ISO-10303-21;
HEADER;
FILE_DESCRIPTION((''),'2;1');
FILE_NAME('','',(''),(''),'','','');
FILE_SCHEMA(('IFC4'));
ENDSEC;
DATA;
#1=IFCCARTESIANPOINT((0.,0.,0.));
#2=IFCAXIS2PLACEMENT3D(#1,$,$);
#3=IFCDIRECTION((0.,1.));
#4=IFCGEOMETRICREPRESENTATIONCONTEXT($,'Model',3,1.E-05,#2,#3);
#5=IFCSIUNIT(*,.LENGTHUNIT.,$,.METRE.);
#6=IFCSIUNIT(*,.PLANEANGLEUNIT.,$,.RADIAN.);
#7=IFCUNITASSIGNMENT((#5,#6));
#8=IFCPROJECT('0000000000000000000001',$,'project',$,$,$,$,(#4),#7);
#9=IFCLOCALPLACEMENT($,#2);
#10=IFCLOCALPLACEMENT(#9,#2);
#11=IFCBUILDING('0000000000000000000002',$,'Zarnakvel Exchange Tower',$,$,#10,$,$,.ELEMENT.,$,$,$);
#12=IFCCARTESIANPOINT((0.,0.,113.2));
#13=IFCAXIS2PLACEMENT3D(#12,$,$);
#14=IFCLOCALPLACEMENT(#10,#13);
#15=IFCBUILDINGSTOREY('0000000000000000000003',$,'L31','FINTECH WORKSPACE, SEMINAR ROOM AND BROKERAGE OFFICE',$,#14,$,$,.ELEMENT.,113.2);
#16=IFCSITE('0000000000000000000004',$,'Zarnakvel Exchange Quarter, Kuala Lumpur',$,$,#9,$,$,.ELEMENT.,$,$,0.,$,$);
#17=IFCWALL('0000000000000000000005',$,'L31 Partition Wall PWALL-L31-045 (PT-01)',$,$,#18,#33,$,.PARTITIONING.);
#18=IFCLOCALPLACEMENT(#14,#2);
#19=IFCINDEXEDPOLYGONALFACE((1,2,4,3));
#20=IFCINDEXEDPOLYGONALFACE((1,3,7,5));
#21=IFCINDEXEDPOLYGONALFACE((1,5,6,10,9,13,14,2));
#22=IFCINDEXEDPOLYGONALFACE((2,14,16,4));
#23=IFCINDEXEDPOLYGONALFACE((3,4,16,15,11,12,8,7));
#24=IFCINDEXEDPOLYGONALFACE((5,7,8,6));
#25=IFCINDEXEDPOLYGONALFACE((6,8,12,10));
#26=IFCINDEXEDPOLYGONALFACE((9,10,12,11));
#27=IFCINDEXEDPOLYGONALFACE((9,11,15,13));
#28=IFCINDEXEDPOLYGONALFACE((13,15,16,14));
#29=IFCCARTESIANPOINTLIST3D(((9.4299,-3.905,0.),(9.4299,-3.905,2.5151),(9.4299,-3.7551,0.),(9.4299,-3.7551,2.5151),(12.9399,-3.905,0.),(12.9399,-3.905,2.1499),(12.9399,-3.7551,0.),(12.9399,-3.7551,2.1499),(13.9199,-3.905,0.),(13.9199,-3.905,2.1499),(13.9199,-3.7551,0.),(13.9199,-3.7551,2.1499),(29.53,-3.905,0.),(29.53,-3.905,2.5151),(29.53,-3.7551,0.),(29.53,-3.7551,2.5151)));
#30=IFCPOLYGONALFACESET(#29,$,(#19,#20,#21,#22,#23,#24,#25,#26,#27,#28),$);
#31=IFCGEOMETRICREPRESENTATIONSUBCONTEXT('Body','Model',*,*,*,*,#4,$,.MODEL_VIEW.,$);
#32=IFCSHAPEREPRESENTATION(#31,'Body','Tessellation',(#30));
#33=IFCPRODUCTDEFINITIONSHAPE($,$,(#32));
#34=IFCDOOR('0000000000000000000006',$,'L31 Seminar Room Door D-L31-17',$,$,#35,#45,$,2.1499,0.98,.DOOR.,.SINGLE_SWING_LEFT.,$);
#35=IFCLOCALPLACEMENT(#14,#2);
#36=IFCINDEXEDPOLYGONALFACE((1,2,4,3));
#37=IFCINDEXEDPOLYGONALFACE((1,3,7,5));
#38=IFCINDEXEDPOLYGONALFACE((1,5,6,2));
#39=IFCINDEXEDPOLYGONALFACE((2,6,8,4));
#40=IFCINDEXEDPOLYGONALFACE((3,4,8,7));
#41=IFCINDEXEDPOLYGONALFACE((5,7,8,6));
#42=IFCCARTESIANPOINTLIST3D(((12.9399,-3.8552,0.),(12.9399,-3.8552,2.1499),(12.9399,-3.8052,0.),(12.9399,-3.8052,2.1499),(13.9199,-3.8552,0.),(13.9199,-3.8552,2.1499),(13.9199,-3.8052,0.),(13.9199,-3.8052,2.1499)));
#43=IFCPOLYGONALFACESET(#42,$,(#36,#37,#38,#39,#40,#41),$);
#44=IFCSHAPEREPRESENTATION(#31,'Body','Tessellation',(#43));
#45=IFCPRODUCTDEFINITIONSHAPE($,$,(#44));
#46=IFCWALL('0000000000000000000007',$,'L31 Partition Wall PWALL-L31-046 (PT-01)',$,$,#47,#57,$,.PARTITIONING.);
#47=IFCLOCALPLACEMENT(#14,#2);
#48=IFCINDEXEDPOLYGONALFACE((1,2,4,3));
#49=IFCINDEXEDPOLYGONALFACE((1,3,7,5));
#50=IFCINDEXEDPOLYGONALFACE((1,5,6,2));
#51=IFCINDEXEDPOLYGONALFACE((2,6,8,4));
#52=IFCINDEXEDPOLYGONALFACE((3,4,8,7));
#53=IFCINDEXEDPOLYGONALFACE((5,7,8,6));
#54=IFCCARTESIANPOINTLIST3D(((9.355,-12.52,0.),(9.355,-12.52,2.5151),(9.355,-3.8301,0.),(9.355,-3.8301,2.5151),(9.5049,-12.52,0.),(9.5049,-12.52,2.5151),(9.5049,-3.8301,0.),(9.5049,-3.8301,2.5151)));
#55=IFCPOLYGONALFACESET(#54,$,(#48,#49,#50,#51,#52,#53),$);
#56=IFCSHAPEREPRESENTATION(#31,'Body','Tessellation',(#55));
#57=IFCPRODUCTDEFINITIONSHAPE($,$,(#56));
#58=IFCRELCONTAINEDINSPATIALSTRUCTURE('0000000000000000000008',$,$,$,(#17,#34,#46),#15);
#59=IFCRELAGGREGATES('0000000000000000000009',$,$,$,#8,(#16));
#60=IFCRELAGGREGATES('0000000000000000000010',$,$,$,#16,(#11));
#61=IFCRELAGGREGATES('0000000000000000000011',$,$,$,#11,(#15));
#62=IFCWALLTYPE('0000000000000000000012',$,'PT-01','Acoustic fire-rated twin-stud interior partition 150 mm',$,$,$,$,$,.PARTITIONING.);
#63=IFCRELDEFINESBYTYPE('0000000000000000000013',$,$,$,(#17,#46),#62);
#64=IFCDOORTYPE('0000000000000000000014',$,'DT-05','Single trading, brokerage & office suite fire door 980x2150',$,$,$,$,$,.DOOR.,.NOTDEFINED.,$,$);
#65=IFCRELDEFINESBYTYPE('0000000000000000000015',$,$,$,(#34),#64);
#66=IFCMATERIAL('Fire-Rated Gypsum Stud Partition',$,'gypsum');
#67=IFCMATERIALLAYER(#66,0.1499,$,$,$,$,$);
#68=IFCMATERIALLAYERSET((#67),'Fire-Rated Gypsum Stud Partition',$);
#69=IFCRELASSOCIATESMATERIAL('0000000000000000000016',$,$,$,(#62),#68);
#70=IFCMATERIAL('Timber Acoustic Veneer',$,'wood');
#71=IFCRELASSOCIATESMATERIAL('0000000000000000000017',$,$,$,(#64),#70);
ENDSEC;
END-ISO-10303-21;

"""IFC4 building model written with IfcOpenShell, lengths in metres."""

from ifc_helpers import new_model, si_unit, direction, frame, frame_2d, origin, place, context, subcontext, project, spatial, rectangle, extrude, source, transform, mapped, material, layer, layer_set, type_object, element, fill, save


model = new_model("IFC4")

# Units and contexts
model_context = context("Model", 3, precision=1e-05, world=origin(), true_north=direction((0.0, 1.0)))
body_context = subcontext(model_context, "Body", "Model", "MODEL_VIEW")
ifc_project = project(units=[si_unit("LENGTHUNIT", "METRE"), si_unit("PLANEANGLEUNIT", "RADIAN")], contexts=[model_context])

# Site, building, storey
site_placement = place(None, origin())
site = spatial("IfcSite", under=ifc_project, at=site_placement, Name="Zarnakvel Exchange Quarter, Kuala Lumpur", CompositionType="ELEMENT", RefElevation=0.0)
building_placement = place(site_placement, origin())
building = spatial("IfcBuilding", under=site, at=building_placement, Name="Zarnakvel Exchange Tower", CompositionType="ELEMENT")
storey_placement = place(building_placement, frame((0.0, 0.0, 113.2)))
storey = spatial("IfcBuildingStorey", under=building, at=storey_placement, Name="L31", Description="FINTECH WORKSPACE, SEMINAR ROOM AND BROKERAGE OFFICE", CompositionType="ELEMENT", Elevation=113.2)

# Shared definitions
ifc_material_1 = material(Name="Fire-Rated Gypsum Stud Partition", Category="gypsum")
ifc_layer_1 = layer(ifc_material_1, 0.1499)
ifc_layer_set_1 = layer_set([ifc_layer_1], Name="Fire-Rated Gypsum Stud Partition")
wall_type_1 = type_object("IfcWallType", Name="PT-01", Description="Acoustic fire-rated twin-stud interior partition 150 mm", PredefinedType="PARTITIONING", material=ifc_layer_set_1)

# Wall, opening, door
wall_1_placement = place(storey_placement, frame((9.4299, -3.8301, 0.0), z_axis=(0.0, 0.0, 1.0), x_axis=(1.0, 0.0, 0.0)))
wall_1 = element("IfcWall", 1, at=wall_1_placement, inside=storey, type_object=wall_type_1, Name="L31 Partition Wall PWALL-L31-045 (PT-01)", PredefinedType="PARTITIONING", context=body_context, shape_type="SweptSolid", body=[
    extrude(rectangle(XDim=20.1001, YDim=0.1499, at=frame_2d((10.05, 0.0))), origin(), (0.0, 0.0, 1.0), 2.5151),
])
opening_1_placement = place(wall_1_placement, frame((3.51, 0.0, 0.0)))
opening_1 = element("IfcOpeningElement", 2, at=opening_1_placement, cuts=wall_1, PredefinedType="OPENING", context=body_context, shape_type="SweptSolid", body=[
    extrude(rectangle(XDim=0.98, YDim=2.1499, at=frame_2d((0.49, 1.075))), frame((0.0, 0.085, 0.0), z_axis=(0.0, -1.0, 0.0), x_axis=(1.0, 0.0, 0.0)), (0.0, 0.0, 1.0), 0.1699),
])
ifc_material_2 = material(Name="Timber Acoustic Veneer", Category="wood")
door_type_1 = type_object("IfcDoorType", Name="DT-05", Description="Single trading, brokerage & office suite fire door 980x2150", OperationType="NOTDEFINED", PredefinedType="DOOR", material=ifc_material_2)
shared_shape_1 = source(origin(), body_context, "Body", "SweptSolid", [
    extrude(rectangle(XDim=0.98, YDim=2.1499, at=frame_2d((0.49, 1.075))), frame((0.0, 0.0249, 0.0), z_axis=(0.0, -1.0, 0.0), x_axis=(1.0, 0.0, 0.0)), (0.0, 0.0, 1.0), 0.05),
])
door_1_placement = place(opening_1_placement, origin())
door_1 = element("IfcDoor", 3, at=door_1_placement, inside=storey, type_object=door_type_1, Name="L31 Seminar Room Door D-L31-17", OperationType="SINGLE_SWING_LEFT", OverallHeight=2.1499, OverallWidth=0.98, PredefinedType="DOOR", context=body_context, shape_type="MappedRepresentation", body=[
    mapped(shared_shape_1, transform((0.0, 0.0, 0.0), x_axis=(1.0, 0.0, 0.0), y_axis=(0.0, 1.0, 0.0), z_axis=(0.0, 0.0, 1.0), scale=1.0)),
])
fill(opening_1, door_1)

# Wall
wall_2_placement = place(storey_placement, frame((9.4299, -12.52, 0.0), z_axis=(0.0, 0.0, 1.0), x_axis=(0.0, 1.0, 0.0)))
element("IfcWall", 4, at=wall_2_placement, inside=storey, type_object=wall_type_1, Name="L31 Partition Wall PWALL-L31-046 (PT-01)", PredefinedType="PARTITIONING", context=body_context, shape_type="SweptSolid", body=[
    extrude(rectangle(XDim=8.6899, YDim=0.1499, at=frame_2d((4.345, 0.0))), origin(), (0.0, 0.0, 1.0), 2.5151),
])

save(model, "model.ifc")
